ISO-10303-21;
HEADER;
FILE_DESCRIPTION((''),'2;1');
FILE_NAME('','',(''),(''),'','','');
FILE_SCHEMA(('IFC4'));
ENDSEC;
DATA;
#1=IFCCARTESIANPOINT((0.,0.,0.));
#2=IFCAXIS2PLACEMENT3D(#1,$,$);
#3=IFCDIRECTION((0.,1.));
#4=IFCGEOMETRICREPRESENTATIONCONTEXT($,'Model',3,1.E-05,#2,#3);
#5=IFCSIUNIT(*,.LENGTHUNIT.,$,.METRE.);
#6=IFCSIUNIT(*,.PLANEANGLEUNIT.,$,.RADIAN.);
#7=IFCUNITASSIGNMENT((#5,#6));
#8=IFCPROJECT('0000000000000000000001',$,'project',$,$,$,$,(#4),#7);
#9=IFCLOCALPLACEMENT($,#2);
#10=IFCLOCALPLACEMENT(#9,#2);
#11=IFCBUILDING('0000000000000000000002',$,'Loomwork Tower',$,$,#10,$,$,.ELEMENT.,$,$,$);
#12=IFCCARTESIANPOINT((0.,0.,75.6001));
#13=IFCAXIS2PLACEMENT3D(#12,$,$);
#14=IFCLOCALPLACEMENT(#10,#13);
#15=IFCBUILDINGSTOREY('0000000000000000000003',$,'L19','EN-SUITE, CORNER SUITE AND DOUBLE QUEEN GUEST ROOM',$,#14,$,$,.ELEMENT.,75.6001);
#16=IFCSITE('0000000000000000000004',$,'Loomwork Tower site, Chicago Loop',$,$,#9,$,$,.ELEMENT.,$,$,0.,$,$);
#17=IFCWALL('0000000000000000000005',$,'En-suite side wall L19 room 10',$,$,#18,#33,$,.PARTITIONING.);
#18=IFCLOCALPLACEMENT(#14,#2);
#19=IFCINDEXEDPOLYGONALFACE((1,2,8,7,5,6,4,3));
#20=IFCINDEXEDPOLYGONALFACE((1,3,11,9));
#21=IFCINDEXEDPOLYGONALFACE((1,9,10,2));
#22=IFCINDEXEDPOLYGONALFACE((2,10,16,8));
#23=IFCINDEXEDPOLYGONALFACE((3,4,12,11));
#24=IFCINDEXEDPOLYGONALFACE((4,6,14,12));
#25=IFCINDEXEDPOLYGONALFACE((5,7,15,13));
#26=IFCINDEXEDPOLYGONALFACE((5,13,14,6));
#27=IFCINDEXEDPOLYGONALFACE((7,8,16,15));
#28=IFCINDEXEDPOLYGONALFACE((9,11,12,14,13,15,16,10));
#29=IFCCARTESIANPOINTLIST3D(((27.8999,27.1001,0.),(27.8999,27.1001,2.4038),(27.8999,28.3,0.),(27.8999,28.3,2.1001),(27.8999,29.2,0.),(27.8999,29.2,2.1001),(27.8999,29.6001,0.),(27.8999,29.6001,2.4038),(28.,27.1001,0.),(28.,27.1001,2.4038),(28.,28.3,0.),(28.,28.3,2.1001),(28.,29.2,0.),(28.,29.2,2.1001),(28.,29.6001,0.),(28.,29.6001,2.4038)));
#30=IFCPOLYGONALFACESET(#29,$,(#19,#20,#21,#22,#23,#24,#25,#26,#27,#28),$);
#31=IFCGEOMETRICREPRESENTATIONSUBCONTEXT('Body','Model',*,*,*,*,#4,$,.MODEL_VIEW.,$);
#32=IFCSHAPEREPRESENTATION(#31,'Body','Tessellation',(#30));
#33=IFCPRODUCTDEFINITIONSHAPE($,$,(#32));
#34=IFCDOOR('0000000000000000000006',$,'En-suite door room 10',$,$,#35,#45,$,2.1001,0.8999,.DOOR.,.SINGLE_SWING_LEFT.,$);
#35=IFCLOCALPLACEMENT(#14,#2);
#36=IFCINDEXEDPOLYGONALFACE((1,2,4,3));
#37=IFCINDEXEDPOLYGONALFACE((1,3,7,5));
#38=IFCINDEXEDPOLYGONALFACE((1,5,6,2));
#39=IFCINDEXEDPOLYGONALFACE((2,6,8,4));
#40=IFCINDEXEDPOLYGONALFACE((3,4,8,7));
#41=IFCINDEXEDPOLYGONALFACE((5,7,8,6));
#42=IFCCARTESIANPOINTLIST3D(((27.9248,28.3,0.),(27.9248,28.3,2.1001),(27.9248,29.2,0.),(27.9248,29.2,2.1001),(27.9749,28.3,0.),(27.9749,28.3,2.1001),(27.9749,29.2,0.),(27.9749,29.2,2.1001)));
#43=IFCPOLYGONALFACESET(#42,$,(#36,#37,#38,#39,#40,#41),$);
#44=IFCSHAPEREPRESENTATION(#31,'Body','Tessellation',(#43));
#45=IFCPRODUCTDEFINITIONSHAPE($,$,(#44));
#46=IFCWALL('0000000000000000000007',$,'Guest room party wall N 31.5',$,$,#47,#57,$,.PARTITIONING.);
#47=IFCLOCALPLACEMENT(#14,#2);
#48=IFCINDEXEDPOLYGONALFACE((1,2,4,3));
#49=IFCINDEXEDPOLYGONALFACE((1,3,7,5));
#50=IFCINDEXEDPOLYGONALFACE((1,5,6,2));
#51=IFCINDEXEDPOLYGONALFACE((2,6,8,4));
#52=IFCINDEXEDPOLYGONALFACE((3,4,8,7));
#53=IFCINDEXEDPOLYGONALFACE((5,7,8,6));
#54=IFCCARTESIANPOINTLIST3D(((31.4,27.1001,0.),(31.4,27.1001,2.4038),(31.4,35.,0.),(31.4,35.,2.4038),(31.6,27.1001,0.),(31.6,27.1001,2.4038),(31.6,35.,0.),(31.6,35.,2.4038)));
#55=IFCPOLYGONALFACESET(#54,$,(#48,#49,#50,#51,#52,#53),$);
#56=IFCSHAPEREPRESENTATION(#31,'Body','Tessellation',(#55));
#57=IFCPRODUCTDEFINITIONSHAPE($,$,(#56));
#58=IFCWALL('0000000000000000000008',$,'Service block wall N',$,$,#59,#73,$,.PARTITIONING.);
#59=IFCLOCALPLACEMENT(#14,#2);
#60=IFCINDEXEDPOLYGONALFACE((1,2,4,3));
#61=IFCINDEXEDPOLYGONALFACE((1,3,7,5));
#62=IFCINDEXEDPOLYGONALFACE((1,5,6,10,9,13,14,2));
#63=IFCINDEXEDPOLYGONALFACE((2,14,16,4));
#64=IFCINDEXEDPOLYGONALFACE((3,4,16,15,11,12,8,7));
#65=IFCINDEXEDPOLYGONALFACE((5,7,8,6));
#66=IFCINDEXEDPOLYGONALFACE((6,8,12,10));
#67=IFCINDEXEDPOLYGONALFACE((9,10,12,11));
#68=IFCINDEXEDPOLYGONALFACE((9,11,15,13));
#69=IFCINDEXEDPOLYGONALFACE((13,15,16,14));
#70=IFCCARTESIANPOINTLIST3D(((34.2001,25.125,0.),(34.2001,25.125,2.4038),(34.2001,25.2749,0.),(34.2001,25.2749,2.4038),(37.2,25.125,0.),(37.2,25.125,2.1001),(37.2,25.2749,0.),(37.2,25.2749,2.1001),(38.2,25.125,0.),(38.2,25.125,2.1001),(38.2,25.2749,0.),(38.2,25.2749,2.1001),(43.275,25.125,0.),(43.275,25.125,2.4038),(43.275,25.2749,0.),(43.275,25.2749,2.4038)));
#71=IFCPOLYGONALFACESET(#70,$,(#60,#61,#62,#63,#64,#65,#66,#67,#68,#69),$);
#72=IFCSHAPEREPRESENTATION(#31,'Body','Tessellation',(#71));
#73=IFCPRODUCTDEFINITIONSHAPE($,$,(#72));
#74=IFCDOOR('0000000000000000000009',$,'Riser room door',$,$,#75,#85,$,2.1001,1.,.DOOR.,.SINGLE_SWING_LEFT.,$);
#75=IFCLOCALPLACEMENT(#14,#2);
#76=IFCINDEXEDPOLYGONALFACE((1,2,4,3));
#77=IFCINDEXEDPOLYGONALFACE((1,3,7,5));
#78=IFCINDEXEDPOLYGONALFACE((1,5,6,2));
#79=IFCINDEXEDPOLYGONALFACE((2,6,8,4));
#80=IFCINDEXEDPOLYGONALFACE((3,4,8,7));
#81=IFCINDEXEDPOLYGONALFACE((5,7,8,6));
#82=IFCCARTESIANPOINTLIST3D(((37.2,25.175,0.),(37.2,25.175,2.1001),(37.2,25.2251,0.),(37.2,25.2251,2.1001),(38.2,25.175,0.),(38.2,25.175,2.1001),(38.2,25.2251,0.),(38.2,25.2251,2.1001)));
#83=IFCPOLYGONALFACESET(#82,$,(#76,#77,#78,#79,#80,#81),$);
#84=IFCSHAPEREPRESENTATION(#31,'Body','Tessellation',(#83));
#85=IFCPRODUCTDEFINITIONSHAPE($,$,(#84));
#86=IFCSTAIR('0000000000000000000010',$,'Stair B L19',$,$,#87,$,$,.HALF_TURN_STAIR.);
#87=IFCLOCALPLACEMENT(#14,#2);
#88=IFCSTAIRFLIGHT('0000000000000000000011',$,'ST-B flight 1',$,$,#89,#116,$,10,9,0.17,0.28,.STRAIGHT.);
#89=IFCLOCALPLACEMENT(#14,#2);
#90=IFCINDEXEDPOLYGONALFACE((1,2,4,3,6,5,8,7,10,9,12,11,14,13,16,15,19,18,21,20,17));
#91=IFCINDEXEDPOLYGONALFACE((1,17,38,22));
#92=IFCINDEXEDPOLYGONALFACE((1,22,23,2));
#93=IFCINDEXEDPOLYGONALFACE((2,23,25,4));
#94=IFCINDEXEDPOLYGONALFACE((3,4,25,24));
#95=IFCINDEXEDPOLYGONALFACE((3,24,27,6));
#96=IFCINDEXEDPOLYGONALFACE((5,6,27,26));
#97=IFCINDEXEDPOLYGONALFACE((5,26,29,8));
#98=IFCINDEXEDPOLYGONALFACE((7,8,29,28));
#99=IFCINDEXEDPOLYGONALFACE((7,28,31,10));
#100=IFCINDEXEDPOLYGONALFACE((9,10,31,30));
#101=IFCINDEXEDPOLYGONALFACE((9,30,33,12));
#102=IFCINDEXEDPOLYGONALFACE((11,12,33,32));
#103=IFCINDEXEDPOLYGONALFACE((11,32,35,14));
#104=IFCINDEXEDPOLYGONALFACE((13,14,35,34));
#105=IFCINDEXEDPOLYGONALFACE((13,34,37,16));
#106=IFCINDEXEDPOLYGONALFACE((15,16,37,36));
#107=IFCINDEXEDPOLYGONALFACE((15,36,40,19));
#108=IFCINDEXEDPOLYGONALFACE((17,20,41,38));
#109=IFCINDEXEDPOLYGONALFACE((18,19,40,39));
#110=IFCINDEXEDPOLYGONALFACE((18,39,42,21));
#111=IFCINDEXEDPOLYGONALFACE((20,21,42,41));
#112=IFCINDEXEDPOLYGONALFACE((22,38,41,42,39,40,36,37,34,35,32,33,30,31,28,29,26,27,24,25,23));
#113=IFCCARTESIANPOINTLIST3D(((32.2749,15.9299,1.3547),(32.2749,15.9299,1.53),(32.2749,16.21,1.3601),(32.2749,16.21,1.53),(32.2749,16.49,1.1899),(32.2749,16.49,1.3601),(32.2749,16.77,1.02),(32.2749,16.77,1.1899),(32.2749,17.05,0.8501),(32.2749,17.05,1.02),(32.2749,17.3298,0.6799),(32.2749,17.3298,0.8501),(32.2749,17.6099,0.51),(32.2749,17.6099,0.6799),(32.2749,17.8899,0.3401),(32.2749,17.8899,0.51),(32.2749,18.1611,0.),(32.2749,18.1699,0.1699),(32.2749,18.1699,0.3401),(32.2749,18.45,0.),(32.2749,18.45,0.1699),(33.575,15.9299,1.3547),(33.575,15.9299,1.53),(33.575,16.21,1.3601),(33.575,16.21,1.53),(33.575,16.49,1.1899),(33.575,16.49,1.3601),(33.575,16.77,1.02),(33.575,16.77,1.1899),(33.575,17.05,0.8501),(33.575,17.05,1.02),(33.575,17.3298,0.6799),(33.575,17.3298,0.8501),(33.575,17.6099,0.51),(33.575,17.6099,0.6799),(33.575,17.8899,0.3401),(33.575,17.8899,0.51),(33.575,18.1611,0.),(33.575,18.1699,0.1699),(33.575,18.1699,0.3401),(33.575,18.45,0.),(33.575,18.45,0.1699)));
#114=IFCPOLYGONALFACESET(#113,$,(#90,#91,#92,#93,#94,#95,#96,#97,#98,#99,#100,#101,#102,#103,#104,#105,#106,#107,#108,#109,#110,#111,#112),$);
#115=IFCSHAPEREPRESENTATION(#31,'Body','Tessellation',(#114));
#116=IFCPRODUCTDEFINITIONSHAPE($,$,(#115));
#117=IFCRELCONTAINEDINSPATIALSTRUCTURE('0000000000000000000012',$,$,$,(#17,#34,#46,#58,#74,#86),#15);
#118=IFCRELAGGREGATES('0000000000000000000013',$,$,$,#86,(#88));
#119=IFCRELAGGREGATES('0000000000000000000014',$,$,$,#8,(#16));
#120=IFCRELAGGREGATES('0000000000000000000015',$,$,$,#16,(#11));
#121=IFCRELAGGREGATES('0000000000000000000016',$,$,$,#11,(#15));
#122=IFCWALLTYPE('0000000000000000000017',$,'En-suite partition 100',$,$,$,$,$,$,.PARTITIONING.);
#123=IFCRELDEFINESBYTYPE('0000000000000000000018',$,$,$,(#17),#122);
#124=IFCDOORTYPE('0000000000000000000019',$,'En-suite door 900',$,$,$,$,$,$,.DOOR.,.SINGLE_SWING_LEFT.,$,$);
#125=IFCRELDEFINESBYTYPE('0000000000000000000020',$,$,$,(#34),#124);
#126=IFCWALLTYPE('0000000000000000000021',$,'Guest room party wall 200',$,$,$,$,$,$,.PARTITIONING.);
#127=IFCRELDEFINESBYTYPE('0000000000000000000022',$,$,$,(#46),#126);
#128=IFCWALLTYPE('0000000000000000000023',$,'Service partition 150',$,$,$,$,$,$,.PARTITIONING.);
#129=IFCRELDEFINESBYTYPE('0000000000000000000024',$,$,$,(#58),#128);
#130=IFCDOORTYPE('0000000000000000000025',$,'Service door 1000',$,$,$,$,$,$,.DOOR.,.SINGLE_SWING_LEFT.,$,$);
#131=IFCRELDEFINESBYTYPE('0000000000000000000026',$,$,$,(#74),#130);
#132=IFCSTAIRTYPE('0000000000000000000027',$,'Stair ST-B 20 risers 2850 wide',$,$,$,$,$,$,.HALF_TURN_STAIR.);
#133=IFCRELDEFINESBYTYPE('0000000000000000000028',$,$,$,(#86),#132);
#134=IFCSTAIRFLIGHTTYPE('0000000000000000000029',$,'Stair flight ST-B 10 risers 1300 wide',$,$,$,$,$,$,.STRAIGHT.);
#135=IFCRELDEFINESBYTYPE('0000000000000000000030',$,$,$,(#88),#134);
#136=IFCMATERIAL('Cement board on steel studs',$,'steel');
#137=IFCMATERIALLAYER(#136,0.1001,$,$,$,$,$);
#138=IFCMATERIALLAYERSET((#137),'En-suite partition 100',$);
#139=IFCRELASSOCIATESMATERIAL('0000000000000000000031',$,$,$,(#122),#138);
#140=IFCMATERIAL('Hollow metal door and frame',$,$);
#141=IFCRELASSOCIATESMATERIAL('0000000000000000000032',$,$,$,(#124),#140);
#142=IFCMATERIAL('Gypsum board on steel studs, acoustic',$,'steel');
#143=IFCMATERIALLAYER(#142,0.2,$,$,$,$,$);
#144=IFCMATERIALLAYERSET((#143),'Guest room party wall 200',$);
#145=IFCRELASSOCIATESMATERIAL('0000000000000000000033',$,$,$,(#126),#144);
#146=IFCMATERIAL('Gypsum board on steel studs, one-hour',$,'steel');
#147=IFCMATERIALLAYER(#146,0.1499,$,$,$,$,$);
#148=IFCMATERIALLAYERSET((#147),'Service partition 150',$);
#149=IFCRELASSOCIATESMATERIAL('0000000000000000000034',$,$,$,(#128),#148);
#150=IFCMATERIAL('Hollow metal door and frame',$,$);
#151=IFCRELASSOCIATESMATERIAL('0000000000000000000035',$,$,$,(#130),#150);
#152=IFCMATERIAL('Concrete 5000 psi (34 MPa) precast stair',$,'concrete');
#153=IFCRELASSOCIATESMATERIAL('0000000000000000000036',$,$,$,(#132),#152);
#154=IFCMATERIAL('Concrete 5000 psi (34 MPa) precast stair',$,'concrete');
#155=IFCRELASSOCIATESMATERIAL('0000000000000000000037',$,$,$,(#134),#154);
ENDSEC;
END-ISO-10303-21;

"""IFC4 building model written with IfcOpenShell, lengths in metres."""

from ifc_helpers import new_model, si_unit, direction, frame, frame_2d, origin, place, context, subcontext, project, spatial, polyline, rectangle, outline, extrude, material, layer, layer_set, type_object, element, fill, aggregate, save


model = new_model("IFC4")

# Units and contexts
model_context = context("Model", 3, precision=1e-05, world=origin(), true_north=direction((0.0, 1.0)))
body_context = subcontext(model_context, "Body", "Model", "MODEL_VIEW")
ifc_project = project(units=[si_unit("LENGTHUNIT", "METRE"), si_unit("PLANEANGLEUNIT", "RADIAN")], contexts=[model_context])

# Site, building, storey
site_placement = place(None, origin())
site = spatial("IfcSite", under=ifc_project, at=site_placement, Name="Loomwork Tower site, Chicago Loop", CompositionType="ELEMENT", RefElevation=0.0)
building_placement = place(site_placement, origin())
building = spatial("IfcBuilding", under=site, at=building_placement, Name="Loomwork Tower", CompositionType="ELEMENT")
storey_placement = place(building_placement, frame((0.0, 0.0, 75.6001)))
storey = spatial("IfcBuildingStorey", under=building, at=storey_placement, Name="L19", Description="EN-SUITE, CORNER SUITE AND DOUBLE QUEEN GUEST ROOM", CompositionType="ELEMENT", Elevation=75.6001)

# Shared definitions
ifc_material_1 = material(Name="Cement board on steel studs", Category="steel")
ifc_layer_1 = layer(ifc_material_1, 0.1001)
ifc_layer_set_1 = layer_set([ifc_layer_1], Name="En-suite partition 100")
wall_type_1 = type_object("IfcWallType", Name="En-suite partition 100", PredefinedType="PARTITIONING", material=ifc_layer_set_1)

# Wall, opening, door
wall_1_placement = place(storey_placement, frame((27.95, 27.1001, 0.0), z_axis=(0.0, 0.0, 1.0), x_axis=(0.0, 1.0, 0.0)))
wall_1 = element("IfcWall", 1, at=wall_1_placement, inside=storey, type_object=wall_type_1, Name="En-suite side wall L19 room 10", PredefinedType="PARTITIONING", context=body_context, shape_type="SweptSolid", body=[
    extrude(rectangle(XDim=2.5, YDim=0.1001, at=frame_2d((1.25, 0.0))), origin(), (0.0, 0.0, 1.0), 2.4038),
])
opening_1_placement = place(wall_1_placement, frame((1.2, 0.0, 0.0)))
opening_1 = element("IfcOpeningElement", 2, at=opening_1_placement, cuts=wall_1, PredefinedType="OPENING", context=body_context, shape_type="SweptSolid", body=[
    extrude(rectangle(XDim=0.8999, YDim=2.1001, at=frame_2d((0.45, 1.05))), frame((0.0, 0.0601, 0.0), z_axis=(0.0, -1.0, 0.0), x_axis=(1.0, 0.0, 0.0)), (0.0, 0.0, 1.0), 0.1201),
])
ifc_material_2 = material(Name="Hollow metal door and frame")
door_type_1 = type_object("IfcDoorType", Name="En-suite door 900", OperationType="SINGLE_SWING_LEFT", PredefinedType="DOOR", material=ifc_material_2)
door_1_placement = place(opening_1_placement, frame((0.8999, 0.0, 0.0), z_axis=(0.0, 0.0, 1.0), x_axis=(-1.0, 0.0, 0.0)))
door_1 = element("IfcDoor", 3, at=door_1_placement, inside=storey, type_object=door_type_1, Name="En-suite door room 10", OperationType="SINGLE_SWING_LEFT", OverallHeight=2.1001, OverallWidth=0.8999, PredefinedType="DOOR", context=body_context, shape_type="SweptSolid", body=[
    extrude(rectangle(XDim=0.8999, YDim=2.1001, at=frame_2d((0.45, 1.05))), frame((0.0, 0.0249, 0.0), z_axis=(0.0, -1.0, 0.0), x_axis=(1.0, 0.0, 0.0)), (0.0, 0.0, 1.0), 0.05),
])
fill(opening_1, door_1)

# Wall
ifc_material_3 = material(Name="Gypsum board on steel studs, acoustic", Category="steel")
ifc_layer_2 = layer(ifc_material_3, 0.2)
ifc_layer_set_2 = layer_set([ifc_layer_2], Name="Guest room party wall 200")
wall_type_2 = type_object("IfcWallType", Name="Guest room party wall 200", PredefinedType="PARTITIONING", material=ifc_layer_set_2)
wall_2_placement = place(storey_placement, frame((31.5, 27.1001, 0.0), z_axis=(0.0, 0.0, 1.0), x_axis=(0.0, 1.0, 0.0)))
element("IfcWall", 4, at=wall_2_placement, inside=storey, type_object=wall_type_2, Name="Guest room party wall N 31.5", PredefinedType="PARTITIONING", context=body_context, shape_type="SweptSolid", body=[
    extrude(rectangle(XDim=7.8999, YDim=0.2, at=frame_2d((3.95, 0.0))), origin(), (0.0, 0.0, 1.0), 2.4038),
])

# Wall, opening, door
ifc_material_4 = material(Name="Gypsum board on steel studs, one-hour", Category="steel")
ifc_layer_3 = layer(ifc_material_4, 0.1499)
ifc_layer_set_3 = layer_set([ifc_layer_3], Name="Service partition 150")
wall_type_3 = type_object("IfcWallType", Name="Service partition 150", PredefinedType="PARTITIONING", material=ifc_layer_set_3)
wall_3_placement = place(storey_placement, frame((34.2, 25.2, 0.0), z_axis=(0.0, 0.0, 1.0), x_axis=(1.0, 0.0, 0.0)))
wall_3 = element("IfcWall", 5, at=wall_3_placement, inside=storey, type_object=wall_type_3, Name="Service block wall N", PredefinedType="PARTITIONING", context=body_context, shape_type="SweptSolid", body=[
    extrude(rectangle(XDim=9.075, YDim=0.1499, at=frame_2d((4.5376, 0.0))), origin(), (0.0, 0.0, 1.0), 2.4038),
])
opening_2_placement = place(wall_3_placement, frame((3.0, 0.0, 0.0)))
opening_2 = element("IfcOpeningElement", 6, at=opening_2_placement, cuts=wall_3, PredefinedType="OPENING", context=body_context, shape_type="SweptSolid", body=[
    extrude(rectangle(XDim=1.0, YDim=2.1001, at=frame_2d((0.5, 1.05))), frame((0.0, 0.085, 0.0), z_axis=(0.0, -1.0, 0.0), x_axis=(1.0, 0.0, 0.0)), (0.0, 0.0, 1.0), 0.1699),
])
ifc_material_5 = material(Name="Hollow metal door and frame")
door_type_2 = type_object("IfcDoorType", Name="Service door 1000", OperationType="SINGLE_SWING_LEFT", PredefinedType="DOOR", material=ifc_material_5)
door_2_placement = place(opening_2_placement, frame((1.0, 0.0, 0.0), z_axis=(0.0, 0.0, 1.0), x_axis=(-1.0, 0.0, 0.0)))
door_2 = element("IfcDoor", 7, at=door_2_placement, inside=storey, type_object=door_type_2, Name="Riser room door", OperationType="SINGLE_SWING_LEFT", OverallHeight=2.1001, OverallWidth=1.0, PredefinedType="DOOR", context=body_context, shape_type="SweptSolid", body=[
    extrude(rectangle(XDim=1.0, YDim=2.1001, at=frame_2d((0.5, 1.05))), frame((0.0, 0.0249, 0.0), z_axis=(0.0, -1.0, 0.0), x_axis=(1.0, 0.0, 0.0)), (0.0, 0.0, 1.0), 0.05),
])
fill(opening_2, door_2)

# Stair, stair flight
ifc_material_6 = material(Name="Concrete 5000 psi (34 MPa) precast stair", Category="concrete")
stair_type = type_object("IfcStairType", Name="Stair ST-B 20 risers 2850 wide", PredefinedType="HALF_TURN_STAIR", material=ifc_material_6)
stair_placement = place(storey_placement, origin())
stair = element("IfcStair", 8, at=stair_placement, inside=storey, type_object=stair_type, Name="Stair B L19", PredefinedType="HALF_TURN_STAIR")
ifc_material_7 = material(Name="Concrete 5000 psi (34 MPa) precast stair", Category="concrete")
stair_flight_type = type_object("IfcStairFlightType", Name="Stair flight ST-B 10 risers 1300 wide", PredefinedType="STRAIGHT", material=ifc_material_7)
stair_flight_placement = place(storey_placement, frame((32.925, 18.45, 0.0), z_axis=(0.0, 0.0, 1.0), x_axis=(0.0, -1.0, 0.0)))
stair_flight = element("IfcStairFlight", 9, at=stair_flight_placement, type_object=stair_flight_type, Name="ST-B flight 1", NumberOfRisers=10, NumberOfTreads=9, PredefinedType="STRAIGHT", RiserHeight=0.17, TreadLength=0.28, context=body_context, shape_type="SweptSolid", body=[
    extrude(outline(polyline([(0.0, 0.0), (0.0, 0.1699), (0.28, 0.1699), (0.28, 0.3401), (0.5601, 0.3401), (0.5601, 0.51), (0.8401, 0.51), (0.8401, 0.6799), (1.1201, 0.6799), (1.1201, 0.8501), (1.3999, 0.8501), (1.3999, 1.02), (1.6799, 1.02), (1.6799, 1.1899), (1.96, 1.1899), (1.96, 1.3601), (2.24, 1.3601), (2.24, 1.53), (2.52, 1.53), (2.52, 1.7), (2.52, 1.3547), (0.2888, 0.0), (0.0, 0.0)])), frame((0.0, 0.6499, 0.0), z_axis=(0.0, -1.0, 0.0), x_axis=(1.0, 0.0, 0.0)), (0.0, 0.0, 1.0), 1.3),
])
aggregate(stair, [stair_flight])

save(model, "model.ifc")
